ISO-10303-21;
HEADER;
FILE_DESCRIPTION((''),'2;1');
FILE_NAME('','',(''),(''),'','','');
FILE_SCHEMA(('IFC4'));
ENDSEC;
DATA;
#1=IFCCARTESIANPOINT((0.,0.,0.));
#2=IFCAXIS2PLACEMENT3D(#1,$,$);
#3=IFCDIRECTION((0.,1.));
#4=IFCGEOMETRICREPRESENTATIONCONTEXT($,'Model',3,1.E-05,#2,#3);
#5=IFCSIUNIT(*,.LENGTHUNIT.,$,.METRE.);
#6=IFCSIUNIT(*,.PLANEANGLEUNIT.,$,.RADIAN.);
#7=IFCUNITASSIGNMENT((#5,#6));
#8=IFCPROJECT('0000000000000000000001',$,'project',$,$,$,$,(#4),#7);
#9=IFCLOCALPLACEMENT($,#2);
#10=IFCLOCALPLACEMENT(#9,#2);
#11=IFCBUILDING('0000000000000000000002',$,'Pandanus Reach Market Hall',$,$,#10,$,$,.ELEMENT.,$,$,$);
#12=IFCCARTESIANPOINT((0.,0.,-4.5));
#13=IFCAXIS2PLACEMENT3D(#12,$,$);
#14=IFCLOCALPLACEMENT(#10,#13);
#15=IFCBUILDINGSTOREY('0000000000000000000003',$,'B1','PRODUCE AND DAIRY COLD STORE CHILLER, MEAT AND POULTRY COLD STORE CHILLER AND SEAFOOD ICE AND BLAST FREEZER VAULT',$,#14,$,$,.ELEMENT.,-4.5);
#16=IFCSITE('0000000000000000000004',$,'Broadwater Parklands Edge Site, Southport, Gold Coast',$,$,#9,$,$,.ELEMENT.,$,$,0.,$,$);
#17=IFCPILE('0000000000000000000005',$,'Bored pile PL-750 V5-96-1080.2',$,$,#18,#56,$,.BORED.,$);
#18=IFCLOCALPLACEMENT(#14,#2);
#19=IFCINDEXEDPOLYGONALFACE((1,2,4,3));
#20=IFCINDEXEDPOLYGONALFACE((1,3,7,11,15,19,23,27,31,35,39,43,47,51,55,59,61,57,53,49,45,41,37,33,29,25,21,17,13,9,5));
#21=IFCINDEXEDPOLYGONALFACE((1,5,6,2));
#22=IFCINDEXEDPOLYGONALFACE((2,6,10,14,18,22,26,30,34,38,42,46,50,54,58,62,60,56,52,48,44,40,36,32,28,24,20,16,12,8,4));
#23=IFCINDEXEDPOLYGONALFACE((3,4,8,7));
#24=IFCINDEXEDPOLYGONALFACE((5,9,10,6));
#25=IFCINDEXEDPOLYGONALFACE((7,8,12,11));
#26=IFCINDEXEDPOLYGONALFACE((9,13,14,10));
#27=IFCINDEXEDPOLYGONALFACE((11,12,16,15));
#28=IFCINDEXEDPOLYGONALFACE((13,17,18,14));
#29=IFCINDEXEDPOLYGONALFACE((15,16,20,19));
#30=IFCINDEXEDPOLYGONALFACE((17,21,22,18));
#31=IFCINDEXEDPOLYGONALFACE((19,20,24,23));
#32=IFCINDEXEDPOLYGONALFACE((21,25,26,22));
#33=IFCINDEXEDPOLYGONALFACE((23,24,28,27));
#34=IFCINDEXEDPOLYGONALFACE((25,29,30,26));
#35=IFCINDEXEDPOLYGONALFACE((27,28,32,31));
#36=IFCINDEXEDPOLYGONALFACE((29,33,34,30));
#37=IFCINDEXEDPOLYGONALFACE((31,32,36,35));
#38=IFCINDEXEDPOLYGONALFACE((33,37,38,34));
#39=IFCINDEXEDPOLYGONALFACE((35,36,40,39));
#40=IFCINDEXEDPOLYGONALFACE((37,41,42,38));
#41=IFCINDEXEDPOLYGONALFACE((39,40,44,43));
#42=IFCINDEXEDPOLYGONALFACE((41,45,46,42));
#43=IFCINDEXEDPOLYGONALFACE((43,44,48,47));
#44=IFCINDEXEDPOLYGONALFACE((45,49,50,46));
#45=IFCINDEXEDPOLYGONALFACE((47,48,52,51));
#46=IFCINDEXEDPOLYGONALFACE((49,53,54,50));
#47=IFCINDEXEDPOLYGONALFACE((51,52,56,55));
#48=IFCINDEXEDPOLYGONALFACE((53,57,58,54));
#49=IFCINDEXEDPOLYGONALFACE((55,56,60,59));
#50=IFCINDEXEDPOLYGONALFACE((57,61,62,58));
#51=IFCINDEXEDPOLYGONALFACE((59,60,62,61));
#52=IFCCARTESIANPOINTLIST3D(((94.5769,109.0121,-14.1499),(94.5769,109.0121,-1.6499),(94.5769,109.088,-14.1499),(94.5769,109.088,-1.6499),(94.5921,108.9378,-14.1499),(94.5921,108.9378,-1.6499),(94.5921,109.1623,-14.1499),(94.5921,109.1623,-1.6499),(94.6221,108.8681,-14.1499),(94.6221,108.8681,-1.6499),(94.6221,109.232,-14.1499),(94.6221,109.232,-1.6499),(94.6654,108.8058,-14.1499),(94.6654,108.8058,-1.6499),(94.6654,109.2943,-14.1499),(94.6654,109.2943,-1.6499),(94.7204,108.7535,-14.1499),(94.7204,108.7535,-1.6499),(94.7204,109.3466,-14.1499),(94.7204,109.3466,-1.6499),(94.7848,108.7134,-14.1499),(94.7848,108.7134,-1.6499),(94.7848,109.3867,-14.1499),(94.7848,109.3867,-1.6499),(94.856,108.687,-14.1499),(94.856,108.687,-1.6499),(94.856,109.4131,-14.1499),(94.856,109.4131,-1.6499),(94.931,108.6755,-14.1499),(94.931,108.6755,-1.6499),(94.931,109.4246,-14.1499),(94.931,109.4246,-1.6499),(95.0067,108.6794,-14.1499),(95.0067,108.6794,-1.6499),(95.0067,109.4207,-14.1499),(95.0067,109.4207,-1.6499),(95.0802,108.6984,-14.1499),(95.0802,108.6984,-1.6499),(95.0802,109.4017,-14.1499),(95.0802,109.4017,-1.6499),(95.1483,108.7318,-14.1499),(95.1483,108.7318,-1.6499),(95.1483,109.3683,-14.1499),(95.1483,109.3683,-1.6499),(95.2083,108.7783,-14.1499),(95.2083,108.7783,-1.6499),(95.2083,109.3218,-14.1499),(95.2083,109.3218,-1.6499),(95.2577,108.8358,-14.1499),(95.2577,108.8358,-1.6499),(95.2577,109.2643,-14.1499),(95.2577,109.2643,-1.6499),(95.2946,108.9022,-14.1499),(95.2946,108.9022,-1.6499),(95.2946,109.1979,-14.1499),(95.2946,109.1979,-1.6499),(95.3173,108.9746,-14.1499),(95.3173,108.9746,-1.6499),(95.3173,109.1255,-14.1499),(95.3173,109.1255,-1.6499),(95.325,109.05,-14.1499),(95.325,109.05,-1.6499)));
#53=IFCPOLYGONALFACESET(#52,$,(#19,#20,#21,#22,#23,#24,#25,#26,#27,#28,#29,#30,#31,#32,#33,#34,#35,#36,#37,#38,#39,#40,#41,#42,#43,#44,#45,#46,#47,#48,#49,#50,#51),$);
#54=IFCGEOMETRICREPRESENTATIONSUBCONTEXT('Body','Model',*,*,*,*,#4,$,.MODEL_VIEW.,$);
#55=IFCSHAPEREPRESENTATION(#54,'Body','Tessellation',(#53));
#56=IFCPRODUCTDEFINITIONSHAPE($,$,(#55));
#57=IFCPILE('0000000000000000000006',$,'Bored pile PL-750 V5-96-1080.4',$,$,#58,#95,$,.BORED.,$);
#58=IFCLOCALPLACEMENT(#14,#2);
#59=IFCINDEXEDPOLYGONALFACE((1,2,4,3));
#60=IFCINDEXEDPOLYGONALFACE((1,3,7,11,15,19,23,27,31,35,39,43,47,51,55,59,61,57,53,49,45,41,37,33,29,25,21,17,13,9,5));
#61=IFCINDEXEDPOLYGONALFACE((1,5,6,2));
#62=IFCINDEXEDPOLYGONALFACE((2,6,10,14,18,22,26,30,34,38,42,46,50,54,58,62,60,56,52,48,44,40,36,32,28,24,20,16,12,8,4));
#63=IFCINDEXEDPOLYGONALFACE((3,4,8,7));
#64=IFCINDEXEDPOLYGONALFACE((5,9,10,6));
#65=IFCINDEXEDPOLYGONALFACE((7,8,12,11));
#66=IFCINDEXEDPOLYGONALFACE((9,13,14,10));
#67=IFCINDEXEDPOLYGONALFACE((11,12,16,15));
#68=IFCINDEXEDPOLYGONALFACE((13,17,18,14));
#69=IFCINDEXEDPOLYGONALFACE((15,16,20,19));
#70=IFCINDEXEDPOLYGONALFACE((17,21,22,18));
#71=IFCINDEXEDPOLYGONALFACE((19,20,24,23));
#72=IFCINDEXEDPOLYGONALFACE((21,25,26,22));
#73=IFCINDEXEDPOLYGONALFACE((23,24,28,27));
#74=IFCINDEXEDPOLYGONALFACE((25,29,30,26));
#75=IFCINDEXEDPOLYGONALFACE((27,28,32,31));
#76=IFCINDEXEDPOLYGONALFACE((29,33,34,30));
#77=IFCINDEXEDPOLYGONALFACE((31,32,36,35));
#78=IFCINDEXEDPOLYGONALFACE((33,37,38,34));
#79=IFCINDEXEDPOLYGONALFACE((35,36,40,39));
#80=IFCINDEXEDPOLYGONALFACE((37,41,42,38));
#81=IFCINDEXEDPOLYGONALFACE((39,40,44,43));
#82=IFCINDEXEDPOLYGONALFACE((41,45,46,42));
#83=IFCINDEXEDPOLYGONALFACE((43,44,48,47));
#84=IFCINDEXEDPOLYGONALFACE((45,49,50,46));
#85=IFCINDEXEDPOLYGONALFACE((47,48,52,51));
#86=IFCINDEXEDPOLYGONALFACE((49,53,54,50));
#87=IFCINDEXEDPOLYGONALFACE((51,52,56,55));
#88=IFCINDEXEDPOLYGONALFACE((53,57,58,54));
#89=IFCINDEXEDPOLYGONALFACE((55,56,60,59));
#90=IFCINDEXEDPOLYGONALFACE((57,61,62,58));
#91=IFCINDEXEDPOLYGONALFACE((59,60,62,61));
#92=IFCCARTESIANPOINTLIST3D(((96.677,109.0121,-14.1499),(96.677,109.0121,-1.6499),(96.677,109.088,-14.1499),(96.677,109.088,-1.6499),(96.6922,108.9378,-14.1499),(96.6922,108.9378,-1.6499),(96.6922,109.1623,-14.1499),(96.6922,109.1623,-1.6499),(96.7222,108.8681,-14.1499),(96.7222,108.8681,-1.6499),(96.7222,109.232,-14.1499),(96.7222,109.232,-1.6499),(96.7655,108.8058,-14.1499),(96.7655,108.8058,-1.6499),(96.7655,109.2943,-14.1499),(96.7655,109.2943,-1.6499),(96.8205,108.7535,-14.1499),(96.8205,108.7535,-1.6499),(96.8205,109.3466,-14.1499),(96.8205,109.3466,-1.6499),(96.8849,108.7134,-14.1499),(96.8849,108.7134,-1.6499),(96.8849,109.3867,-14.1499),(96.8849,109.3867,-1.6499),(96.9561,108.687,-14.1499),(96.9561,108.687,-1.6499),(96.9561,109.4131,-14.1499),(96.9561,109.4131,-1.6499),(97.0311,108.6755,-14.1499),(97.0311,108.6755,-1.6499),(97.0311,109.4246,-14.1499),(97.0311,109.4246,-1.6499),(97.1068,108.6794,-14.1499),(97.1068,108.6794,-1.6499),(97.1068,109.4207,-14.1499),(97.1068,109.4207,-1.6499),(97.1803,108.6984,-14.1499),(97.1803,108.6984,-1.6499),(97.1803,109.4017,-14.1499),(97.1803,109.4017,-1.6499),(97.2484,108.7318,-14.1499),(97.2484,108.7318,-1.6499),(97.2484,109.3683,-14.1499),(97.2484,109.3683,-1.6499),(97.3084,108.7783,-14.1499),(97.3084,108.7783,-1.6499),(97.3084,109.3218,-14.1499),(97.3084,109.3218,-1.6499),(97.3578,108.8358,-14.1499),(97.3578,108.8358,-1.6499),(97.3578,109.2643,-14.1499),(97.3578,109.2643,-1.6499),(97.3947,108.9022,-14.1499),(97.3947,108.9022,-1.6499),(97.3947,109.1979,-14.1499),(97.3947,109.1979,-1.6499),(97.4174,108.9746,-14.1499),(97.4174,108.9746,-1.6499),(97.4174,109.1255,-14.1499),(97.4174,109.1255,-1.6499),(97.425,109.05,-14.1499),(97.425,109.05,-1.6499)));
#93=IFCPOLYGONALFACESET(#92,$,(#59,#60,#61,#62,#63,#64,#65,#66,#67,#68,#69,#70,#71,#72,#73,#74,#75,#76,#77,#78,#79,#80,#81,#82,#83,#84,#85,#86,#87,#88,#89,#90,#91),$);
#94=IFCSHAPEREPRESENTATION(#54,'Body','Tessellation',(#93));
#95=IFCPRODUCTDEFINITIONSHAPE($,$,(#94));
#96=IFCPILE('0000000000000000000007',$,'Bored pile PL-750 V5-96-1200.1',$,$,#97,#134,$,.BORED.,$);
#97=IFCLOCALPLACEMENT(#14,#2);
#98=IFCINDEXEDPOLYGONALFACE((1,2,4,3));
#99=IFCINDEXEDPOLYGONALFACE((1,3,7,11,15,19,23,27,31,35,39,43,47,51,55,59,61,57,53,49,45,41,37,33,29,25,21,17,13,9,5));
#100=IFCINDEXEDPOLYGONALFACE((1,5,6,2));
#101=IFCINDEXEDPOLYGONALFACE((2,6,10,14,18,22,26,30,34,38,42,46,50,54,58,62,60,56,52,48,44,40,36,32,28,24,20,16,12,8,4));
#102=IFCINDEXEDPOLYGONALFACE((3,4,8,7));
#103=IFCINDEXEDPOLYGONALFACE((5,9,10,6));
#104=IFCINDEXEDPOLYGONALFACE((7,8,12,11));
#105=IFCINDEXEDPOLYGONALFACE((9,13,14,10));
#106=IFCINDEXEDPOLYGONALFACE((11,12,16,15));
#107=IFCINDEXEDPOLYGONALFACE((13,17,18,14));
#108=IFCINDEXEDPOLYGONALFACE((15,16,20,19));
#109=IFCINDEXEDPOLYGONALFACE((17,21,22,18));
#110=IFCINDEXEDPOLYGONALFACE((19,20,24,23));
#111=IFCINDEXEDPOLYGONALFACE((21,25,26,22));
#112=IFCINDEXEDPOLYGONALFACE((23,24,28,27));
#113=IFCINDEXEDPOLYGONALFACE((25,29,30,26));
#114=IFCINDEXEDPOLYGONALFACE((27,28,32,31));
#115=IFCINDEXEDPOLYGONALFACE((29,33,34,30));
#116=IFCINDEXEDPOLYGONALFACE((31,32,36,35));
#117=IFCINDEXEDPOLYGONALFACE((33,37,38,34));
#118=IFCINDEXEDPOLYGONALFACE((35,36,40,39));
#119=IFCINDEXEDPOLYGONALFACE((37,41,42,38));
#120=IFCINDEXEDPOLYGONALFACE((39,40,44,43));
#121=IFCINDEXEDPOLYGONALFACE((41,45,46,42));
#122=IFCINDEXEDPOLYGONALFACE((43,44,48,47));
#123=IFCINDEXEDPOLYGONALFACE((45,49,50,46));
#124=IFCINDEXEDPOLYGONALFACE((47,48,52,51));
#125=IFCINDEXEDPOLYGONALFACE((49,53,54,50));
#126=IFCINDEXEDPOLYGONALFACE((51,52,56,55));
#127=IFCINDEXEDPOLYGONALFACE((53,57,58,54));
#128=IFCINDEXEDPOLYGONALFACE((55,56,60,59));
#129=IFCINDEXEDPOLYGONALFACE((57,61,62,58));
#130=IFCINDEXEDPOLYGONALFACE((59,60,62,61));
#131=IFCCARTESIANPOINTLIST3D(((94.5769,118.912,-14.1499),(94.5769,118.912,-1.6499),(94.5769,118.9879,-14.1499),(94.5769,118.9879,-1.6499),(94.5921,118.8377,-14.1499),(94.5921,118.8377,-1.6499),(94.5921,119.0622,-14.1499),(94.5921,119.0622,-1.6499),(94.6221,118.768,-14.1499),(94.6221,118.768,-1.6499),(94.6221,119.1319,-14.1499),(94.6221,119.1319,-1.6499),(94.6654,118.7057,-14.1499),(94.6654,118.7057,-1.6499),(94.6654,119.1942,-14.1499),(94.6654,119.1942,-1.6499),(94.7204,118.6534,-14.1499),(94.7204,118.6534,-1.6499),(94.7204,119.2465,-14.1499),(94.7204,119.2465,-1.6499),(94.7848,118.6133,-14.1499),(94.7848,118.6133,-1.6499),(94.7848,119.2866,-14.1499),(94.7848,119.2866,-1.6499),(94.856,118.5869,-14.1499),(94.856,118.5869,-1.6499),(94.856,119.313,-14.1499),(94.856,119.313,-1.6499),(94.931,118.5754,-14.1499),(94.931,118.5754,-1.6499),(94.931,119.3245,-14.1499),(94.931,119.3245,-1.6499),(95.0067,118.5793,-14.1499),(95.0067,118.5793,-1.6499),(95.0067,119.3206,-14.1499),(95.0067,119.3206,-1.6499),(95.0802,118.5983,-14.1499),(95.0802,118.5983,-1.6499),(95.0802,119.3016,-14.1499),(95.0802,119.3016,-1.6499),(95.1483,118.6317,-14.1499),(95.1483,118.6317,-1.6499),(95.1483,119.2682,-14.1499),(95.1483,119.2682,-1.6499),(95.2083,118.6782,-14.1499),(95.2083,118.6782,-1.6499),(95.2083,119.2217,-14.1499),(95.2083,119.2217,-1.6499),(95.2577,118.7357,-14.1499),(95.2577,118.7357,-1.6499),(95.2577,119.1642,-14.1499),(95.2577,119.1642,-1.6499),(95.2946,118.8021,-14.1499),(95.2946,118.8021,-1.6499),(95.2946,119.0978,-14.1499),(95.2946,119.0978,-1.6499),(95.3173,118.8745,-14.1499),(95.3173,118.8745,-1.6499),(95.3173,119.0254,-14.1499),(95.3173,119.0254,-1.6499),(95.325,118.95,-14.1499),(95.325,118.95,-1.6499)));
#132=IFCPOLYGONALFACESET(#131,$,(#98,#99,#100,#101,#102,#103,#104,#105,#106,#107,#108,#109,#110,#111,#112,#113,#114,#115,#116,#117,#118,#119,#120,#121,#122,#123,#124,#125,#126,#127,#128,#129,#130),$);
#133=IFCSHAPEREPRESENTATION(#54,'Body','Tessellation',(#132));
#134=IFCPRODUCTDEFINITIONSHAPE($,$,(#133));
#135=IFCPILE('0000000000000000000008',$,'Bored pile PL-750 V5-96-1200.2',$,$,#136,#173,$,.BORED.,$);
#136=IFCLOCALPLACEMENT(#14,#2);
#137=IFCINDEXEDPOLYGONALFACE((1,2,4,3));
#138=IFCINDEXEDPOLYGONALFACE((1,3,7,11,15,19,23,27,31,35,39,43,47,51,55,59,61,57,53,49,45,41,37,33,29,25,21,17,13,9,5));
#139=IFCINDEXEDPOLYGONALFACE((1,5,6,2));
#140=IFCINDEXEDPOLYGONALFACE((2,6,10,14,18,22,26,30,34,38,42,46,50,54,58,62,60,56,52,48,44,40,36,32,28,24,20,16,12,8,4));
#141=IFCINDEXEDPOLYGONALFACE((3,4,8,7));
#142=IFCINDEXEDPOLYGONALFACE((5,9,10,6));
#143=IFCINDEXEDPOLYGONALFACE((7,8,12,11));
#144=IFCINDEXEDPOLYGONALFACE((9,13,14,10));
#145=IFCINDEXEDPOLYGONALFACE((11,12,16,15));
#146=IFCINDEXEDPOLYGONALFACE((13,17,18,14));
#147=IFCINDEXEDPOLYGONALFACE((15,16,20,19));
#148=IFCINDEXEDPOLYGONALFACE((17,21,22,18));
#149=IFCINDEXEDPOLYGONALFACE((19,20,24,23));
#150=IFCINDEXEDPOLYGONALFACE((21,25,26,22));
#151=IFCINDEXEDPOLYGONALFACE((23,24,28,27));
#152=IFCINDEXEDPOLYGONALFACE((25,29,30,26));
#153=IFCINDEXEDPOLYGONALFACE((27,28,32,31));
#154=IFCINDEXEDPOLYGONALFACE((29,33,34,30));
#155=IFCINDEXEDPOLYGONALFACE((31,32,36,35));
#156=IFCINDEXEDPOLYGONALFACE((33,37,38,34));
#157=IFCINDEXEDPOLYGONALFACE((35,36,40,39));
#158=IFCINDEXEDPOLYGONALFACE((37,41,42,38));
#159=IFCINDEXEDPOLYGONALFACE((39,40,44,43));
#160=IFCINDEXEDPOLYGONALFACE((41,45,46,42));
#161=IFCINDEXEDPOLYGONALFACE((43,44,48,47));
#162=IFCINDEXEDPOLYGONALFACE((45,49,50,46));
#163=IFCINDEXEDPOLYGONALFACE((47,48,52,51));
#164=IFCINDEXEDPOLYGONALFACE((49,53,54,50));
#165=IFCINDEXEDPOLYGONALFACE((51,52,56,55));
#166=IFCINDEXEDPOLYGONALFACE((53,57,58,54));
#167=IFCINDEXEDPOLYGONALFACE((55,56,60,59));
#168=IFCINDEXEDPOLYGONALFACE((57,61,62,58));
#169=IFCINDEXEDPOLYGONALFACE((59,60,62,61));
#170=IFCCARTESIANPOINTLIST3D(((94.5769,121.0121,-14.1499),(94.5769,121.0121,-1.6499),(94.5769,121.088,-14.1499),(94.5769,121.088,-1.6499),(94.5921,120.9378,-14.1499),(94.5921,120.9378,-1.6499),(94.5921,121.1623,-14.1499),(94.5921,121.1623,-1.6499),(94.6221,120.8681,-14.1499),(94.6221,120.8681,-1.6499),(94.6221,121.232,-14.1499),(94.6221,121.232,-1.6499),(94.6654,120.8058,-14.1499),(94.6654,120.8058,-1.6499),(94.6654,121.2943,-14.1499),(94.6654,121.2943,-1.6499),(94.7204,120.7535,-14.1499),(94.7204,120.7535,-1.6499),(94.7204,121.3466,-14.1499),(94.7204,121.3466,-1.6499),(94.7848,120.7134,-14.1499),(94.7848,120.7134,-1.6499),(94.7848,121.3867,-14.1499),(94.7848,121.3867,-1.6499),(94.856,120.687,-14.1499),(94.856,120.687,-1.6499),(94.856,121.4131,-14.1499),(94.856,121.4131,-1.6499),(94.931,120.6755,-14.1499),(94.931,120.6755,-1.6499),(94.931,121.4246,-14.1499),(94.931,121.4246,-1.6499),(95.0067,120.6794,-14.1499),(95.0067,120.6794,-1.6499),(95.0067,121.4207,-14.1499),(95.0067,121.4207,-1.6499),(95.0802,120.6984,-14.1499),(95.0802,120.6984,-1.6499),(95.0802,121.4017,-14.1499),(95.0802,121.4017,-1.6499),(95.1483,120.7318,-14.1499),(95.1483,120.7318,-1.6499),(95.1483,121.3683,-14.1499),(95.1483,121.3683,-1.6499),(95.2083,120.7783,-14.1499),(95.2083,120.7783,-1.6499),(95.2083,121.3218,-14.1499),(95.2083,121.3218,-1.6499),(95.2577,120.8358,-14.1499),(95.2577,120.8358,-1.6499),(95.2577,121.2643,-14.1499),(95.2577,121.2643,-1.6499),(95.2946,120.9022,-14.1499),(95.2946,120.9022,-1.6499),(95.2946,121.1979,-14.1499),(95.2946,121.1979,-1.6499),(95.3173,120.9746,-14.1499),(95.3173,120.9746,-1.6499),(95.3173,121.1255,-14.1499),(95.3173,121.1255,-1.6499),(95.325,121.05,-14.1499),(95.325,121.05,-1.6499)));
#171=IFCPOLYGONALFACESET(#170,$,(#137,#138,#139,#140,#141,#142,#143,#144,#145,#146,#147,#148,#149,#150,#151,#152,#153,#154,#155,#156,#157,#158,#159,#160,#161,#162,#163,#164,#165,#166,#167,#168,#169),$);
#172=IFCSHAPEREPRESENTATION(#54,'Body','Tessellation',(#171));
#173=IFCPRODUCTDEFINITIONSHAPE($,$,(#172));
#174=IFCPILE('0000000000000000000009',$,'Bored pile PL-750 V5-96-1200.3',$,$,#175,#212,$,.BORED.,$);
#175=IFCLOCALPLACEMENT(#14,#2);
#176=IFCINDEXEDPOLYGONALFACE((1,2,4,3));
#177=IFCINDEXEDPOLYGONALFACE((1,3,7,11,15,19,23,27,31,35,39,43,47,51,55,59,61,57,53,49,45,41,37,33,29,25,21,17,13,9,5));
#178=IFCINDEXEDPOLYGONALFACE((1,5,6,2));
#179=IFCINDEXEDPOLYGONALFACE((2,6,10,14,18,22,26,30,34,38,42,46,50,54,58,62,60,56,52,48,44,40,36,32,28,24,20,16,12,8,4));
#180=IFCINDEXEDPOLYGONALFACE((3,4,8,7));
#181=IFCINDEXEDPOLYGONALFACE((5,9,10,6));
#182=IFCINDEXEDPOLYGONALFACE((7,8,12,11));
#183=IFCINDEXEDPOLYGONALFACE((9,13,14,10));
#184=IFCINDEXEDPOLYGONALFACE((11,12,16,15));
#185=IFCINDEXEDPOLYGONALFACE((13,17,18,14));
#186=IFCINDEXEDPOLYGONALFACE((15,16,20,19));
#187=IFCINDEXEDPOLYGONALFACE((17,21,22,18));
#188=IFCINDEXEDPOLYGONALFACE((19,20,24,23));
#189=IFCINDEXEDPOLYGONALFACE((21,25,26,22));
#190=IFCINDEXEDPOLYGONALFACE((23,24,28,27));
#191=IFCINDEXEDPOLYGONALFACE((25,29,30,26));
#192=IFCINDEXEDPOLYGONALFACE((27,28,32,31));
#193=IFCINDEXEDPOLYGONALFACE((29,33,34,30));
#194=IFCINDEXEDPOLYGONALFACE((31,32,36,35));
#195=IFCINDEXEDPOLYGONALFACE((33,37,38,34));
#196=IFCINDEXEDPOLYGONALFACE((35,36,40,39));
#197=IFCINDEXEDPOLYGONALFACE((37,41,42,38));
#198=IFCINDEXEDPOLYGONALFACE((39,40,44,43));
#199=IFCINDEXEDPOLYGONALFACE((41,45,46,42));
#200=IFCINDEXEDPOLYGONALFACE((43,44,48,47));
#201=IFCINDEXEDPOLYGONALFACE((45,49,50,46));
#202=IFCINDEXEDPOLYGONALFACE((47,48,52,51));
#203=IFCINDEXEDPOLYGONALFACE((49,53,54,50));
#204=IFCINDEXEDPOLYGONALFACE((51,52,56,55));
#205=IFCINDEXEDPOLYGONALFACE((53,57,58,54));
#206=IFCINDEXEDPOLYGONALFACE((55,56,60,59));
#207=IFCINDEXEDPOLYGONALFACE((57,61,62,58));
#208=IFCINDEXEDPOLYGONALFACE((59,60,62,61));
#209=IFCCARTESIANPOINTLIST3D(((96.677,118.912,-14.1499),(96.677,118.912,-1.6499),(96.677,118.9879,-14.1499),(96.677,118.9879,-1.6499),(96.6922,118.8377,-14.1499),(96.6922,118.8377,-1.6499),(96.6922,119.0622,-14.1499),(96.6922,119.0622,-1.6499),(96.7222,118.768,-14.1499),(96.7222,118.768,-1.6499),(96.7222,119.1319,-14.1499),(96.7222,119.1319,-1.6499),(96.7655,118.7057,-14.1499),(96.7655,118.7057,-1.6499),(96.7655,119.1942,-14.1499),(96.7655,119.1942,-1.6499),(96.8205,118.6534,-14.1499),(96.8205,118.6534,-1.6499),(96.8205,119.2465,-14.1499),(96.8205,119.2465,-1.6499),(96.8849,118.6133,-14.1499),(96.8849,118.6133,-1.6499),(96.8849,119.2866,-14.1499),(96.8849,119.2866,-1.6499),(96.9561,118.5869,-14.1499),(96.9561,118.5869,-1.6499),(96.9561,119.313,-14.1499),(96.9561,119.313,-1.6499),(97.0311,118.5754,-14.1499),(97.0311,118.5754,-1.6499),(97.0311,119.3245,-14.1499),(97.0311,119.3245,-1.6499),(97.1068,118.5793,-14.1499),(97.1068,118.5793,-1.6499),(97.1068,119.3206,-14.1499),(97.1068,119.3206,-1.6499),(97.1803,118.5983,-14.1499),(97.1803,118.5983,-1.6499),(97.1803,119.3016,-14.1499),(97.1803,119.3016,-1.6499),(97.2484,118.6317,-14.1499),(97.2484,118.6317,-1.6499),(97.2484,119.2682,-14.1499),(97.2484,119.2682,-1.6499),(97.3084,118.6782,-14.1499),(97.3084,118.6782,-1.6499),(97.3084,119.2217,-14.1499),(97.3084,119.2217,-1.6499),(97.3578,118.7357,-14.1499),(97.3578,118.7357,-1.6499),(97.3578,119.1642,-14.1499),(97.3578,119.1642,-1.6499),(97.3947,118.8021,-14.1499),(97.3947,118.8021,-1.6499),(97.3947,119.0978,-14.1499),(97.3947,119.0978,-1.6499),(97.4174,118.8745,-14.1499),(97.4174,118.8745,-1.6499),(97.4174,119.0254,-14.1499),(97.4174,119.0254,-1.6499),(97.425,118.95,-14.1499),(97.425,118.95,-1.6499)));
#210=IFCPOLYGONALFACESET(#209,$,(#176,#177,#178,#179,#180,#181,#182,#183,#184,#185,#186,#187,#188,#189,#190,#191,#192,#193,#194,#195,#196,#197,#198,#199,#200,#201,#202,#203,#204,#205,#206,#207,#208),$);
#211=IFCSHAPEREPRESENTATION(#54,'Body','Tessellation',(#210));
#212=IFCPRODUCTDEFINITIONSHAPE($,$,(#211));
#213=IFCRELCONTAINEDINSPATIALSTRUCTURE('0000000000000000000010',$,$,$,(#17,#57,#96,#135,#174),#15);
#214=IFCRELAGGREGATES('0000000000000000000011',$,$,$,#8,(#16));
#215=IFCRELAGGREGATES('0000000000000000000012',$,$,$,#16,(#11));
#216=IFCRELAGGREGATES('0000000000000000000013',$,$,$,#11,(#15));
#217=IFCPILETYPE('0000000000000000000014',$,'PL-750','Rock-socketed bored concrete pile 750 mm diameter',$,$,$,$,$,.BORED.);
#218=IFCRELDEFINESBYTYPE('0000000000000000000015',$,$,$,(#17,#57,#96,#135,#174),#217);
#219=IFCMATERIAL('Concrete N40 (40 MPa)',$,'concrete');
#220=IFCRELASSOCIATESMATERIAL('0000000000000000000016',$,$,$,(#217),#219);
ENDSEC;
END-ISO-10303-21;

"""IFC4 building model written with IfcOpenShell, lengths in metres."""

from ifc_helpers import new_model, si_unit, direction, frame, origin, origin_2d, place, context, subcontext, project, spatial, circle, extrude, material, material_profile, profile_set, type_object, element, save


model = new_model("IFC4")

# Units and contexts
model_context = context("Model", 3, precision=1e-05, world=origin(), true_north=direction((0.0, 1.0)))
body_context = subcontext(model_context, "Body", "Model", "MODEL_VIEW")
ifc_project = project(units=[si_unit("LENGTHUNIT", "METRE"), si_unit("PLANEANGLEUNIT", "RADIAN")], contexts=[model_context])

# Site, building, storey
site_placement = place(None, origin())
site = spatial("IfcSite", under=ifc_project, at=site_placement, Name="Broadwater Parklands Edge Site, Southport, Gold Coast", CompositionType="ELEMENT", RefElevation=0.0)
building_placement = place(site_placement, origin())
building = spatial("IfcBuilding", under=site, at=building_placement, Name="Pandanus Reach Market Hall", CompositionType="ELEMENT")
storey_placement = place(building_placement, frame((0.0, 0.0, -4.5)))
storey = spatial("IfcBuildingStorey", under=building, at=storey_placement, Name="B1", Description="PRODUCE AND DAIRY COLD STORE CHILLER, MEAT AND POULTRY COLD STORE CHILLER AND SEAFOOD ICE AND BLAST FREEZER VAULT", CompositionType="ELEMENT", Elevation=-4.5)

# Shared definitions
ifc_material_1 = material(Name="Concrete N40 (40 MPa)", Category="concrete")

# Piles
ifc_material_profile_1 = material_profile(ifc_material_1, circle(Radius=0.375, at=origin_2d()), Name="PILE-750D", Category="LoadBearing")
ifc_profile_set_1 = profile_set([ifc_material_profile_1], Name="Concrete N40 (40 MPa)")
pile_type = type_object("IfcPileType", Name="PL-750", Description="Rock-socketed bored concrete pile 750 mm diameter", PredefinedType="BORED", material=ifc_profile_set_1)
for number, where, z_axis, x_axis, name in (
    (1, (94.95, 109.05, -1.6499), (0.0, 0.0, -1.0), (1.0, 0.0, 0.0), "Bored pile PL-750 V5-96-1080.2"),
    (2, (97.05, 109.05, -1.6499), (0.0, 0.0, -1.0), (1.0, 0.0, 0.0), "Bored pile PL-750 V5-96-1080.4"),
    (3, (94.95, 118.95, -1.6499), (0.0, 0.0, -1.0), (1.0, 0.0, 0.0), "Bored pile PL-750 V5-96-1200.1"),
    (4, (94.95, 121.05, -1.6499), (0.0, 0.0, -1.0), (1.0, 0.0, 0.0), "Bored pile PL-750 V5-96-1200.2"),
    (5, (97.05, 118.95, -1.6499), (0.0, 0.0, -1.0), (1.0, 0.0, 0.0), "Bored pile PL-750 V5-96-1200.3"),
):
    element("IfcPile", number, at=place(storey_placement, frame(where, z_axis=z_axis, x_axis=x_axis)), inside=storey, type_object=pile_type, Name=name, PredefinedType="BORED", context=body_context, shape_type="SweptSolid", body=[
        extrude(circle(Radius=0.375, at=origin_2d()), origin(), (0.0, 0.0, 1.0), 12.5),
    ])

save(model, "model.ifc")
